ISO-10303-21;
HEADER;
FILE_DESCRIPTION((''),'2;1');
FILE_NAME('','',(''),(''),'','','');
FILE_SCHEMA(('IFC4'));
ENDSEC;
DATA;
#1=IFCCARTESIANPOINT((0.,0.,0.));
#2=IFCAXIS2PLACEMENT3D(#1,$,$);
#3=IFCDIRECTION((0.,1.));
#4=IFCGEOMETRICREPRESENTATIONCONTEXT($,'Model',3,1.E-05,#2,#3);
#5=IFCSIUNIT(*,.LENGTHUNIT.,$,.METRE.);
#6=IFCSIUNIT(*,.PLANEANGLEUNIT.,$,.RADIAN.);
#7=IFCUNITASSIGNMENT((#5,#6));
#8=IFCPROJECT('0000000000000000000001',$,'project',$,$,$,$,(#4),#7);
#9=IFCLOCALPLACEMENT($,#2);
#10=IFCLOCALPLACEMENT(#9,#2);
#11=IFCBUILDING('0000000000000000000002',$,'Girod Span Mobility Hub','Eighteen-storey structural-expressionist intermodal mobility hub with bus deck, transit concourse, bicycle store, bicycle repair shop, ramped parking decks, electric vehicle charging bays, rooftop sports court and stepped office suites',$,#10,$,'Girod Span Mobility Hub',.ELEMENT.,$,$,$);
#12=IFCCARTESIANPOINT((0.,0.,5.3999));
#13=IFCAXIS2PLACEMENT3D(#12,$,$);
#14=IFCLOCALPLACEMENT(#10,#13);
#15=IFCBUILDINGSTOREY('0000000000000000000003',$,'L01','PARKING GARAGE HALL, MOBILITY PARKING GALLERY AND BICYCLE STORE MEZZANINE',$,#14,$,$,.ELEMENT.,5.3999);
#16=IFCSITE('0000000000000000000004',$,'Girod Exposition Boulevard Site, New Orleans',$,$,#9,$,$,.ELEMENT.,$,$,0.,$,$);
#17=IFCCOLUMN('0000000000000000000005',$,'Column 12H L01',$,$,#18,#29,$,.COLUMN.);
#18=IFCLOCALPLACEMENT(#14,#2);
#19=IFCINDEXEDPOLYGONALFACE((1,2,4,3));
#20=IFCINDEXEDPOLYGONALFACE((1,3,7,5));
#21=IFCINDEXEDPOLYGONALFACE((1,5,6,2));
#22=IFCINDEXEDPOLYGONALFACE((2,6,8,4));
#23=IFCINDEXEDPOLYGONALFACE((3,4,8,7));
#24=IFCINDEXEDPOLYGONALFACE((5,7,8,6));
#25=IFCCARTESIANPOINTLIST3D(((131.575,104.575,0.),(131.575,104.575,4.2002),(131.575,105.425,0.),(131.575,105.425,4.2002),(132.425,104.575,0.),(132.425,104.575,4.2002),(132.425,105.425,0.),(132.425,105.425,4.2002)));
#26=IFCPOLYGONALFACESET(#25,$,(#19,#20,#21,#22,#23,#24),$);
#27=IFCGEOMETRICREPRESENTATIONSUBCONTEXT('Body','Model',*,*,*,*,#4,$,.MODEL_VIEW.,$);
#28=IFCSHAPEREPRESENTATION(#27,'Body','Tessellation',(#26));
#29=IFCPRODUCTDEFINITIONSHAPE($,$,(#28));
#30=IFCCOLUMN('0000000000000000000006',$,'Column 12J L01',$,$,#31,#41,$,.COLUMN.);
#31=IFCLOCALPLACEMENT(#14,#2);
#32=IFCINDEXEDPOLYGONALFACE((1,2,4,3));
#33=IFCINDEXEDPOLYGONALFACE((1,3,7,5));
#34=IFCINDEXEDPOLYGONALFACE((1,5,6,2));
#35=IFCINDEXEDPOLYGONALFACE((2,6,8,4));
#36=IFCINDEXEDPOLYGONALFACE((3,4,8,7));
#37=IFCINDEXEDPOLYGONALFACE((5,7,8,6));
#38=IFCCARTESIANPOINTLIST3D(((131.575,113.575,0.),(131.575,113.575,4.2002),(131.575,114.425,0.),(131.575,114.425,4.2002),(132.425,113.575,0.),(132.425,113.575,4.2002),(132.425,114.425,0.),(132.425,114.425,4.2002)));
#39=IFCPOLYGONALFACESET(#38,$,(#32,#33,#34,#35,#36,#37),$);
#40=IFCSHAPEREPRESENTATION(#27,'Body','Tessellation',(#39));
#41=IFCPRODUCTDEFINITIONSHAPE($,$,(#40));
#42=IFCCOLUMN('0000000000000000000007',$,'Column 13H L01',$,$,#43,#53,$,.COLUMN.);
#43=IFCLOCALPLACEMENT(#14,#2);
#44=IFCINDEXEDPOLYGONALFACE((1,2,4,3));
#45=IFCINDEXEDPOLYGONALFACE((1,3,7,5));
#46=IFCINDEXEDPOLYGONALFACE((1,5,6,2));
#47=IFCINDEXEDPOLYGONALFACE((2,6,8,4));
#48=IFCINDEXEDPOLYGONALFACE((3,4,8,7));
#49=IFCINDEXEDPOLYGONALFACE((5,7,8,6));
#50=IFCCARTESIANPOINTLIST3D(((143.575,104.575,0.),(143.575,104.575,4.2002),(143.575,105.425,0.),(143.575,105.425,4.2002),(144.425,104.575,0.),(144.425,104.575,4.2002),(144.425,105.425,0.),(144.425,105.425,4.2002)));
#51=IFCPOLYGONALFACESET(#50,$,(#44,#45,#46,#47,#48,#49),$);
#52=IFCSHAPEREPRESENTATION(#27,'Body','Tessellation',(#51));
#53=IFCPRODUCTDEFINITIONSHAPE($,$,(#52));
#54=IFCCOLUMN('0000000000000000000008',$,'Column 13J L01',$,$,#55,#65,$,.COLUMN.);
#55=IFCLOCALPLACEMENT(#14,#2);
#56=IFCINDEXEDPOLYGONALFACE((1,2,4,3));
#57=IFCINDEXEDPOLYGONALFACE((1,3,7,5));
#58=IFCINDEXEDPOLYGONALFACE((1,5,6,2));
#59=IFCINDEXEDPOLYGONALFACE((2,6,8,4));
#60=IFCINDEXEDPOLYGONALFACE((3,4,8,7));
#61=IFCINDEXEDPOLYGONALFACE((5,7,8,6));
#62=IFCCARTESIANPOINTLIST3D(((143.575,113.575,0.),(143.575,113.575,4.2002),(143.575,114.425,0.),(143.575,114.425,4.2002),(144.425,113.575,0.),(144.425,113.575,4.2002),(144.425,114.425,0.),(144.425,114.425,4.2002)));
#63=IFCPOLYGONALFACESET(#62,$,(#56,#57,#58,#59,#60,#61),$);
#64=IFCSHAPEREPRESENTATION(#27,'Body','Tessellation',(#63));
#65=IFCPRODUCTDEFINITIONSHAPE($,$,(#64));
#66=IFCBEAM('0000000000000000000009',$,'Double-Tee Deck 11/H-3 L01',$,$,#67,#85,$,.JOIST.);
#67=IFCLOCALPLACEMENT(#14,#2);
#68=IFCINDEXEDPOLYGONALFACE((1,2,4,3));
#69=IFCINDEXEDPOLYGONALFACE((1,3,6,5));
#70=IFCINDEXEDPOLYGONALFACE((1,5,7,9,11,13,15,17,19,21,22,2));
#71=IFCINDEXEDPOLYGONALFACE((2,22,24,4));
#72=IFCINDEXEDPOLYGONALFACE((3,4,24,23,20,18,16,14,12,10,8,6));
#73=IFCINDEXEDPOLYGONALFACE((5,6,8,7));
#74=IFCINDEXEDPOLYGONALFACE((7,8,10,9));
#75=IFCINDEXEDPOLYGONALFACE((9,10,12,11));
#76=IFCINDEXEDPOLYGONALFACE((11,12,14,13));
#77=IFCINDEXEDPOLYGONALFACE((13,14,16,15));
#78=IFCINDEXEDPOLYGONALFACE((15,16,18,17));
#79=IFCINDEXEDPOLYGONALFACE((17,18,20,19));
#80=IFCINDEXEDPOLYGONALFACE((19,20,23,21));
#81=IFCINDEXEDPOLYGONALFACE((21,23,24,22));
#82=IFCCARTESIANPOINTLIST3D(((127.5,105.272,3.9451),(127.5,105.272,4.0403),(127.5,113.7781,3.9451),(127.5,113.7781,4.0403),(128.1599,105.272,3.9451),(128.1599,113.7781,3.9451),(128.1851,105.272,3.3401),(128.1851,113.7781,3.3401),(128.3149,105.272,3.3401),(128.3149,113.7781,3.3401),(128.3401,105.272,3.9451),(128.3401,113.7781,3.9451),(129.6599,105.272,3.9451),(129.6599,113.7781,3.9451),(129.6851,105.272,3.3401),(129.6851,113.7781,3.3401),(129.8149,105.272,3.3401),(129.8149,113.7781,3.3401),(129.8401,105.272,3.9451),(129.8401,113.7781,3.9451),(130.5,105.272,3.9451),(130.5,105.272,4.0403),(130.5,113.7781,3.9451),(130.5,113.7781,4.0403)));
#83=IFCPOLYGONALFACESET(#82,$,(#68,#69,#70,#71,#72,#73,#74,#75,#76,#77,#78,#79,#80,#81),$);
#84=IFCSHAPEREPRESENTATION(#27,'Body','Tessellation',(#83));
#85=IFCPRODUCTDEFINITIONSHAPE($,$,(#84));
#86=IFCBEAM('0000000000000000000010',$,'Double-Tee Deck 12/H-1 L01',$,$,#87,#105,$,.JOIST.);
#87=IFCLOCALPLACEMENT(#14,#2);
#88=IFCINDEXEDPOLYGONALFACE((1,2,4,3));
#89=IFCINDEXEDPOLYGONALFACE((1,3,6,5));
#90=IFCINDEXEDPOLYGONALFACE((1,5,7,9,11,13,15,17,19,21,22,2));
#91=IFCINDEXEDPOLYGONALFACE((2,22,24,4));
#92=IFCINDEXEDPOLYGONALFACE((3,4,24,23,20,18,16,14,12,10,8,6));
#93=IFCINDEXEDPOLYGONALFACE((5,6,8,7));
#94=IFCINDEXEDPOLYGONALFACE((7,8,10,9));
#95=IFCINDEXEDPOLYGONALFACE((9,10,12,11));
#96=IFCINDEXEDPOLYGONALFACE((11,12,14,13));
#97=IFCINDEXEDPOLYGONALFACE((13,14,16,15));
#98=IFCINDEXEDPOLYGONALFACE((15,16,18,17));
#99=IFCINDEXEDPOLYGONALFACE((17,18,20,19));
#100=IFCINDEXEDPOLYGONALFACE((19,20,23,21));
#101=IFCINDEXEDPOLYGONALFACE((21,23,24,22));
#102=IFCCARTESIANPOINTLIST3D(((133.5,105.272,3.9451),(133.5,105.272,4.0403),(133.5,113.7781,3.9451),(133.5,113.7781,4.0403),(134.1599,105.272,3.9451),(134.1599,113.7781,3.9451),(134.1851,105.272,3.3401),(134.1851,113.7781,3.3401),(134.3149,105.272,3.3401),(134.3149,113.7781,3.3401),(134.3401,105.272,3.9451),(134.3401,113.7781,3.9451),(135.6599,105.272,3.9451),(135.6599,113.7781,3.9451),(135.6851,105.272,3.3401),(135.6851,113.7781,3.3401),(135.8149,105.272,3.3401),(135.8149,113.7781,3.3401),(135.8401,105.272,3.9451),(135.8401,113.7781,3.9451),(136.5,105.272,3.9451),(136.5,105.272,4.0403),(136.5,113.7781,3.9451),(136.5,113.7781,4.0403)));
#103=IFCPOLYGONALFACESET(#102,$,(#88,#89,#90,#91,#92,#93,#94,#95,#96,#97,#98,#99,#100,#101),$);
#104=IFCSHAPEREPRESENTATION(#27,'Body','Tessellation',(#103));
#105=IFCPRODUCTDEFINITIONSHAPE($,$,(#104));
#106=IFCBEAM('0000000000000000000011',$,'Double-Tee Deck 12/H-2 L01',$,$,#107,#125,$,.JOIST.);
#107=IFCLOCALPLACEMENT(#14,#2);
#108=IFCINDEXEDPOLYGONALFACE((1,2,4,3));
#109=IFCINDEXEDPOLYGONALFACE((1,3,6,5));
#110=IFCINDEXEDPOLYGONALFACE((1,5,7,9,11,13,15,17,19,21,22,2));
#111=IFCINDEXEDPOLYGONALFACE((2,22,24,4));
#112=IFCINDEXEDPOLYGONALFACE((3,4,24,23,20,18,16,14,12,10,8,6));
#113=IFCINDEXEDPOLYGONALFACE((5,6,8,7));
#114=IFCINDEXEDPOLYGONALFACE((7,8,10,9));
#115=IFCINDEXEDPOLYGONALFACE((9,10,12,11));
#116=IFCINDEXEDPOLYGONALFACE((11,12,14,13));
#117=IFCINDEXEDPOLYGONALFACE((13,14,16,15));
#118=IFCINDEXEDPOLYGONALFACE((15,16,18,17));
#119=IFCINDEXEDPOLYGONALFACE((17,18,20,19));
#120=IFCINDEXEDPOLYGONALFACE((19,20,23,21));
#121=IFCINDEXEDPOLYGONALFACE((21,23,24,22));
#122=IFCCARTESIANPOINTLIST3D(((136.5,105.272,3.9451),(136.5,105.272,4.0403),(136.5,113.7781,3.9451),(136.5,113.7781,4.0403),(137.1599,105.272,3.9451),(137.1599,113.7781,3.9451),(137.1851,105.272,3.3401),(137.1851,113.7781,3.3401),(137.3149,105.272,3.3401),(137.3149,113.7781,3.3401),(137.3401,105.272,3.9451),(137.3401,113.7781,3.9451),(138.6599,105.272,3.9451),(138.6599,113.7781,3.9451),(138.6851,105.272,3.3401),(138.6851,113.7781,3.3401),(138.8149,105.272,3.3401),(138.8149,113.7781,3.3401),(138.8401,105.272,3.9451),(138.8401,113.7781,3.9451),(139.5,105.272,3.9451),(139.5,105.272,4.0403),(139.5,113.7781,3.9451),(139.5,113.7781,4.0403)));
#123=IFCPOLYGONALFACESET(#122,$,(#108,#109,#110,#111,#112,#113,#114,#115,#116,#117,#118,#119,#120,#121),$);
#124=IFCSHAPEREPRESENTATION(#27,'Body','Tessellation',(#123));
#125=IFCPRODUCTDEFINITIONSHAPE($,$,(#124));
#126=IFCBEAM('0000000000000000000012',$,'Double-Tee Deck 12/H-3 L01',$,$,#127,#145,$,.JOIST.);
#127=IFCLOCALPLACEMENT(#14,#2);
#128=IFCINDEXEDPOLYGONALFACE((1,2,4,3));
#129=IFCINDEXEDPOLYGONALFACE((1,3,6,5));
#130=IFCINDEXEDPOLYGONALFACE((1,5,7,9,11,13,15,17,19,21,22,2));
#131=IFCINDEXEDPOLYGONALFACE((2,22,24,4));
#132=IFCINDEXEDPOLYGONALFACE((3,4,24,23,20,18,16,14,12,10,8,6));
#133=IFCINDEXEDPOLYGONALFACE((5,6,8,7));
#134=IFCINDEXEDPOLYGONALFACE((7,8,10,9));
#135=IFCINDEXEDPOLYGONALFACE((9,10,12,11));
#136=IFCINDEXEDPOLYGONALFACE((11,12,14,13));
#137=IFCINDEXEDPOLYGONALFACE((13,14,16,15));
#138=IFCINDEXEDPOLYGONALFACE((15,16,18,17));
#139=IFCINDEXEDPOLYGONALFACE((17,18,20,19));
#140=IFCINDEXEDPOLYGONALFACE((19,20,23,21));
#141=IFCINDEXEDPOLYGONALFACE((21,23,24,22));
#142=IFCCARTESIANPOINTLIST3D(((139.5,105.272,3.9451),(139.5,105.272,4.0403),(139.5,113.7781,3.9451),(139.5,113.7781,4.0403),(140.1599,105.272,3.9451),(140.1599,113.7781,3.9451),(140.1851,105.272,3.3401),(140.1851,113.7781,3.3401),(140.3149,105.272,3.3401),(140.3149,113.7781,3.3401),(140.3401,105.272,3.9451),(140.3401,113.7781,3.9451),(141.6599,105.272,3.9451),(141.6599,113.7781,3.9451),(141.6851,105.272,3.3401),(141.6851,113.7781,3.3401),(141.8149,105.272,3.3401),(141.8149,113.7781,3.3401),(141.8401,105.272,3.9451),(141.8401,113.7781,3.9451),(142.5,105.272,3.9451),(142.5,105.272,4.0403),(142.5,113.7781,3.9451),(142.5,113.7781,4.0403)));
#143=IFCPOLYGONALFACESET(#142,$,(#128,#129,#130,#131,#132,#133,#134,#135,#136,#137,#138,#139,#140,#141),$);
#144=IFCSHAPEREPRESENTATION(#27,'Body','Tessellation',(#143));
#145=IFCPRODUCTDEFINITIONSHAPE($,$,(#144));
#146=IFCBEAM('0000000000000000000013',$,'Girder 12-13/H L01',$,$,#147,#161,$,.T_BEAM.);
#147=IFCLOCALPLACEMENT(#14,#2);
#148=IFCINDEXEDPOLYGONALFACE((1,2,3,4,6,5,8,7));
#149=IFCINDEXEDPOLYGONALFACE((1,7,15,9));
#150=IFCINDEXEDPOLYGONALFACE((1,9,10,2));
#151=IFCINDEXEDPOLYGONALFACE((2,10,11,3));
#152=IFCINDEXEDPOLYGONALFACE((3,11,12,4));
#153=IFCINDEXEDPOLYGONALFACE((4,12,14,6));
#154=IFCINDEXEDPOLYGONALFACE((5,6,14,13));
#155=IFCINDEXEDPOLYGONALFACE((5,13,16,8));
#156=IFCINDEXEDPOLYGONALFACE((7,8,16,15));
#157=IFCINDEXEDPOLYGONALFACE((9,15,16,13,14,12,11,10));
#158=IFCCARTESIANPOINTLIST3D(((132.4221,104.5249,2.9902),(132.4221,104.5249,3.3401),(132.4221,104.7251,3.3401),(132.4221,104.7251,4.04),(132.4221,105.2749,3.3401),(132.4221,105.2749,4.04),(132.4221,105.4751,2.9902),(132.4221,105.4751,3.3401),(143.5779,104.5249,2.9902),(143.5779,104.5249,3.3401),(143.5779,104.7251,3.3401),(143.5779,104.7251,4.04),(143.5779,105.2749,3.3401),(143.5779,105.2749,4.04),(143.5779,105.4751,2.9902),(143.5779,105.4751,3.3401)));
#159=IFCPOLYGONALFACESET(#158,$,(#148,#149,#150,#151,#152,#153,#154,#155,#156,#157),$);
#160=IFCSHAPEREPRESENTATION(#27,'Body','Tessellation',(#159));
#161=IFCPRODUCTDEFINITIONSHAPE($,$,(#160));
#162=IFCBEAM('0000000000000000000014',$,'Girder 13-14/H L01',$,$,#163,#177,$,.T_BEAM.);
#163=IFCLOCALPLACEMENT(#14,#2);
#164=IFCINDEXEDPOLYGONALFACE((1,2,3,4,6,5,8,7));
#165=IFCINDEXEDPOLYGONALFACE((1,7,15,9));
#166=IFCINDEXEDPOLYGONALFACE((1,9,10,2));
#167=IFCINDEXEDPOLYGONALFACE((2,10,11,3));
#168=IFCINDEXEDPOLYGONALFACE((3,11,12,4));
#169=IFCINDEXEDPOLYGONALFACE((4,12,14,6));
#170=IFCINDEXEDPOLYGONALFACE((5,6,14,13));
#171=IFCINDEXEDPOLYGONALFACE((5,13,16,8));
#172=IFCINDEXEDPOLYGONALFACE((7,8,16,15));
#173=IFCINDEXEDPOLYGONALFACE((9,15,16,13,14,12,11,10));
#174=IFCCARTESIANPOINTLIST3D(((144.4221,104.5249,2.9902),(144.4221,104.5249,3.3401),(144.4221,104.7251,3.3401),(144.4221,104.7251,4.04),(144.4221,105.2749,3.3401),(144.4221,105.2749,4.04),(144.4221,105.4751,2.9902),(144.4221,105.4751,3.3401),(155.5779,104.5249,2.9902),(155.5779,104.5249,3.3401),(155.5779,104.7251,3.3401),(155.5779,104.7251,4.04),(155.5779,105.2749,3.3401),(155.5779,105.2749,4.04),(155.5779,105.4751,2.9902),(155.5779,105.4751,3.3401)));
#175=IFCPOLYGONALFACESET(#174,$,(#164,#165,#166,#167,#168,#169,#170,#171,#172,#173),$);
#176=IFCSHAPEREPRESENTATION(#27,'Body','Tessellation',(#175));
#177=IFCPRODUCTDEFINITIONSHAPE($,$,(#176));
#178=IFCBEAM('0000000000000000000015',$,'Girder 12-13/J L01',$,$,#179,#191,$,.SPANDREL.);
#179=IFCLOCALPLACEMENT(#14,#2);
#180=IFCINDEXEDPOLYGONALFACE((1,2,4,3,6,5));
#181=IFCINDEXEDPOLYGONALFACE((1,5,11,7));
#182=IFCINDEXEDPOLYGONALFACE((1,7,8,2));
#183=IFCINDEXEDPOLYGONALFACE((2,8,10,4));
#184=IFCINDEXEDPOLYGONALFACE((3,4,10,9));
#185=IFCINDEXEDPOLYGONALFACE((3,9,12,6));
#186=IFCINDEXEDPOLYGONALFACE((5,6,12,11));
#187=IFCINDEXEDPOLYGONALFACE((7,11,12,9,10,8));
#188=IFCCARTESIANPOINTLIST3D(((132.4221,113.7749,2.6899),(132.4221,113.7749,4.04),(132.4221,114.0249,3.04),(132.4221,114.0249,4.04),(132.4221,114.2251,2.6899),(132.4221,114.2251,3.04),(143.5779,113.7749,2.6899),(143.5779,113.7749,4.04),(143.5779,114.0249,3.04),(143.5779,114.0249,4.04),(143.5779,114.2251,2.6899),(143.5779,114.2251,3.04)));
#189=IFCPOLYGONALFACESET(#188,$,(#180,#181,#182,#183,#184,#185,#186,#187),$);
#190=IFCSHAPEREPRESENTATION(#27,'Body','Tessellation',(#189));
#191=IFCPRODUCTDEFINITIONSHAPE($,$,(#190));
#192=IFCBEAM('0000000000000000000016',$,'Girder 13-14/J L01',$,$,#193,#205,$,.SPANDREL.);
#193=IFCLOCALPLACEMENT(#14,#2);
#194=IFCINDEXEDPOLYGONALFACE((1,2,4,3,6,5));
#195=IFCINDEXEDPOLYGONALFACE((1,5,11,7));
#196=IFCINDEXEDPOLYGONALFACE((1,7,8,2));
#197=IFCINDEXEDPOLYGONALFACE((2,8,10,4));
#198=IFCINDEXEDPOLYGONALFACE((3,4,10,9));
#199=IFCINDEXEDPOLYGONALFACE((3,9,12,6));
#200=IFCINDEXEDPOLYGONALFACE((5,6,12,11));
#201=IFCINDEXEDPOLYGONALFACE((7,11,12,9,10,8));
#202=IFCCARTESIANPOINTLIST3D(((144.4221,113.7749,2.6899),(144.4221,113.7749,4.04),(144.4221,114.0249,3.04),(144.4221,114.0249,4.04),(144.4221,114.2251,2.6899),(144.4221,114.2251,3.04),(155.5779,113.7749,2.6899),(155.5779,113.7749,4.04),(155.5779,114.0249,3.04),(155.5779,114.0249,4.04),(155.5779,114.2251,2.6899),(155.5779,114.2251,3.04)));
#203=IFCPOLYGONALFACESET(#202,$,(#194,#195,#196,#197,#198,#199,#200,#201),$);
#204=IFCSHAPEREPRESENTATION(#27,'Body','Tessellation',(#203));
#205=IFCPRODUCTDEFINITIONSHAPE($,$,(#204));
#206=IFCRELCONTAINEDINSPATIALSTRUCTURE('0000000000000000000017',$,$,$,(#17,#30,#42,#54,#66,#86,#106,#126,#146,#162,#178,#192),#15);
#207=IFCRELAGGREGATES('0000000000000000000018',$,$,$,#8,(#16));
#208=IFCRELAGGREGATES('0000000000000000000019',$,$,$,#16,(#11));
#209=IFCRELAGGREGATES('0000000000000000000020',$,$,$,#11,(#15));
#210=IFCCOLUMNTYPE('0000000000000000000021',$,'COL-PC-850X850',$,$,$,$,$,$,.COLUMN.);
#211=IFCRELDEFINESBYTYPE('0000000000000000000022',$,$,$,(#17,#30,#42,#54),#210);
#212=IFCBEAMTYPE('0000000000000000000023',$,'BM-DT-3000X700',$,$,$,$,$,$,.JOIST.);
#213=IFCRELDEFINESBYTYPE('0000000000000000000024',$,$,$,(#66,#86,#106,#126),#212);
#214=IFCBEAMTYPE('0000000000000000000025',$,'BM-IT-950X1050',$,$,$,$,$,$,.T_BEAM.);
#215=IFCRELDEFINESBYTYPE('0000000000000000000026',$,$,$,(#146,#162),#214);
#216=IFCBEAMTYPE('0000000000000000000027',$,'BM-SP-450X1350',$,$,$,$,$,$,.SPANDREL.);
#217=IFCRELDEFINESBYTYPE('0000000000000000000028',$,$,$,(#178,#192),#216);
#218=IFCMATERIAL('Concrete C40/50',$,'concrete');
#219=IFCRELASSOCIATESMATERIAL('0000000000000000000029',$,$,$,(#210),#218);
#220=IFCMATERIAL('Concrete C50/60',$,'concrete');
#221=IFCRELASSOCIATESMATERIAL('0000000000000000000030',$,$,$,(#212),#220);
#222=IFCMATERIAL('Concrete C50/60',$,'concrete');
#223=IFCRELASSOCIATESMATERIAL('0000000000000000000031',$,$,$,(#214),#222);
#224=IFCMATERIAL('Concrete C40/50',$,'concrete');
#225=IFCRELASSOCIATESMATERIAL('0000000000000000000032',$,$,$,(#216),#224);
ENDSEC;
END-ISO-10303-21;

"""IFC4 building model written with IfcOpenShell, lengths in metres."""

from ifc_helpers import new_model, si_unit, direction, frame, origin, origin_2d, place, context, subcontext, project, spatial, polyline, rectangle, outline, extrude, material, material_profile, profile_set, type_object, element, save


model = new_model("IFC4")

# Units and contexts
model_context = context("Model", 3, precision=1e-05, world=origin(), true_north=direction((0.0, 1.0)))
body_context = subcontext(model_context, "Body", "Model", "MODEL_VIEW")
ifc_project = project(units=[si_unit("LENGTHUNIT", "METRE"), si_unit("PLANEANGLEUNIT", "RADIAN")], contexts=[model_context])

# Site, building, storey
site_placement = place(None, origin())
site = spatial("IfcSite", under=ifc_project, at=site_placement, Name="Girod Exposition Boulevard Site, New Orleans", CompositionType="ELEMENT", RefElevation=0.0)
building_placement = place(site_placement, origin())
building = spatial("IfcBuilding", under=site, at=building_placement, Name="Girod Span Mobility Hub", Description="Eighteen-storey structural-expressionist intermodal mobility hub with bus deck, transit concourse, bicycle store, bicycle repair shop, ramped parking decks, electric vehicle charging bays, rooftop sports court and stepped office suites", LongName="Girod Span Mobility Hub", CompositionType="ELEMENT")
storey_placement = place(building_placement, frame((0.0, 0.0, 5.3999)))
storey = spatial("IfcBuildingStorey", under=building, at=storey_placement, Name="L01", Description="PARKING GARAGE HALL, MOBILITY PARKING GALLERY AND BICYCLE STORE MEZZANINE", CompositionType="ELEMENT", Elevation=5.3999)

# Columns
ifc_material_1 = material(Name="Concrete C40/50", Category="concrete")
ifc_material_profile_1 = material_profile(ifc_material_1, rectangle(XDim=0.8501, YDim=0.8501, at=origin_2d()), Name="PC-COL-850X850")
ifc_profile_set_1 = profile_set([ifc_material_profile_1], Name="Concrete C40/50")
column_type = type_object("IfcColumnType", Name="COL-PC-850X850", PredefinedType="COLUMN", material=ifc_profile_set_1)
for number, where, z_axis, x_axis, name in (
    (1, (132.0, 105.0, 0.0), (0.0, 0.0, 1.0), (1.0, 0.0, 0.0), "Column 12H L01"),
    (2, (132.0, 114.0, 0.0), (0.0, 0.0, 1.0), (1.0, 0.0, 0.0), "Column 12J L01"),
    (3, (144.0, 105.0, 0.0), (0.0, 0.0, 1.0), (1.0, 0.0, 0.0), "Column 13H L01"),
    (4, (144.0, 114.0, 0.0), (0.0, 0.0, 1.0), (1.0, 0.0, 0.0), "Column 13J L01"),
):
    element("IfcColumn", number, at=place(storey_placement, frame(where, z_axis=z_axis, x_axis=x_axis)), inside=storey, type_object=column_type, Name=name, PredefinedType="COLUMN", context=body_context, shape_type="SweptSolid", body=[
        extrude(rectangle(XDim=0.8501, YDim=0.8501, at=origin_2d()), origin(), (0.0, 0.0, 1.0), 4.2002),
    ])

# Beams
ifc_material_2 = material(Name="Concrete C50/60", Category="concrete")
ifc_material_profile_2 = material_profile(ifc_material_2, outline(polyline([(-1.5, 0.3501), (-1.5, 0.2549), (-0.8401, 0.2549), (-0.8149, -0.3501), (-0.6851, -0.3501), (-0.6599, 0.2549), (0.6599, 0.2549), (0.6851, -0.3501), (0.8149, -0.3501), (0.8401, 0.2549), (1.5, 0.2549), (1.5, 0.3501), (-1.5, 0.3501)])), Name="DT-3000X700")
ifc_profile_set_2 = profile_set([ifc_material_profile_2], Name="Concrete C50/60")
beam_type_1 = type_object("IfcBeamType", Name="BM-DT-3000X700", PredefinedType="JOIST", material=ifc_profile_set_2)
for number, where, z_axis, x_axis, name in (
    (5, (129.0, 105.272, 3.6902), (0.0, 1.0, 0.0), (-1.0, 0.0, 0.0), "Double-Tee Deck 11/H-3 L01"),
    (6, (135.0, 105.272, 3.6902), (0.0, 1.0, 0.0), (-1.0, 0.0, 0.0), "Double-Tee Deck 12/H-1 L01"),
    (7, (138.0, 105.272, 3.6902), (0.0, 1.0, 0.0), (-1.0, 0.0, 0.0), "Double-Tee Deck 12/H-2 L01"),
    (8, (141.0, 105.272, 3.6902), (0.0, 1.0, 0.0), (-1.0, 0.0, 0.0), "Double-Tee Deck 12/H-3 L01"),
):
    element("IfcBeam", number, at=place(storey_placement, frame(where, z_axis=z_axis, x_axis=x_axis)), inside=storey, type_object=beam_type_1, Name=name, PredefinedType="JOIST", context=body_context, shape_type="SweptSolid", body=[
        extrude(outline(polyline([(-1.5, 0.3501), (-1.5, 0.2549), (-0.8401, 0.2549), (-0.8149, -0.3501), (-0.6851, -0.3501), (-0.6599, 0.2549), (0.6599, 0.2549), (0.6851, -0.3501), (0.8149, -0.3501), (0.8401, 0.2549), (1.5, 0.2549), (1.5, 0.3501), (-1.5, 0.3501)])), origin(), (0.0, 0.0, 1.0), 8.5061),
    ])
ifc_material_3 = material(Name="Concrete C50/60", Category="concrete")
ifc_material_profile_3 = material_profile(ifc_material_3, outline(polyline([(-0.4751, -0.5249), (0.4751, -0.5249), (0.4751, -0.175), (0.2749, -0.175), (0.2749, 0.5249), (-0.2749, 0.5249), (-0.2749, -0.175), (-0.4751, -0.175), (-0.4751, -0.5249)])), Name="IT-950X1050")
ifc_profile_set_3 = profile_set([ifc_material_profile_3], Name="Concrete C50/60")
beam_type_2 = type_object("IfcBeamType", Name="BM-IT-950X1050", PredefinedType="T_BEAM", material=ifc_profile_set_3)
for number, where, z_axis, x_axis, name in (
    (9, (132.4221, 105.0, 3.5151), (1.0, 0.0, 0.0), (0.0, 1.0, 0.0), "Girder 12-13/H L01"),
    (10, (144.4221, 105.0, 3.5151), (1.0, 0.0, 0.0), (0.0, 1.0, 0.0), "Girder 13-14/H L01"),
):
    element("IfcBeam", number, at=place(storey_placement, frame(where, z_axis=z_axis, x_axis=x_axis)), inside=storey, type_object=beam_type_2, Name=name, PredefinedType="T_BEAM", context=body_context, shape_type="SweptSolid", body=[
        extrude(outline(polyline([(-0.4751, -0.5249), (0.4751, -0.5249), (0.4751, -0.175), (0.2749, -0.175), (0.2749, 0.5249), (-0.2749, 0.5249), (-0.2749, -0.175), (-0.4751, -0.175), (-0.4751, -0.5249)])), origin(), (0.0, 0.0, 1.0), 11.1558),
    ])
ifc_material_4 = material(Name="Concrete C40/50", Category="concrete")
ifc_material_profile_4 = material_profile(ifc_material_4, outline(polyline([(-0.2251, -0.675), (0.2251, -0.675), (0.2251, -0.325), (0.0249, -0.325), (0.0249, 0.675), (-0.2251, 0.675), (-0.2251, -0.675)])), Name="SP-450X1350")
ifc_profile_set_4 = profile_set([ifc_material_profile_4], Name="Concrete C40/50")
beam_type_3 = type_object("IfcBeamType", Name="BM-SP-450X1350", PredefinedType="SPANDREL", material=ifc_profile_set_4)
for number, where, z_axis, x_axis, name in (
    (11, (132.4221, 114.0, 3.365), (1.0, 0.0, 0.0), (0.0, 1.0, 0.0), "Girder 12-13/J L01"),
    (12, (144.4221, 114.0, 3.365), (1.0, 0.0, 0.0), (0.0, 1.0, 0.0), "Girder 13-14/J L01"),
):
    element("IfcBeam", number, at=place(storey_placement, frame(where, z_axis=z_axis, x_axis=x_axis)), inside=storey, type_object=beam_type_3, Name=name, PredefinedType="SPANDREL", context=body_context, shape_type="SweptSolid", body=[
        extrude(outline(polyline([(-0.2251, -0.675), (0.2251, -0.675), (0.2251, -0.325), (0.0249, -0.325), (0.0249, 0.675), (-0.2251, 0.675), (-0.2251, -0.675)])), origin(), (0.0, 0.0, 1.0), 11.1558),
    ])

save(model, "model.ifc")
